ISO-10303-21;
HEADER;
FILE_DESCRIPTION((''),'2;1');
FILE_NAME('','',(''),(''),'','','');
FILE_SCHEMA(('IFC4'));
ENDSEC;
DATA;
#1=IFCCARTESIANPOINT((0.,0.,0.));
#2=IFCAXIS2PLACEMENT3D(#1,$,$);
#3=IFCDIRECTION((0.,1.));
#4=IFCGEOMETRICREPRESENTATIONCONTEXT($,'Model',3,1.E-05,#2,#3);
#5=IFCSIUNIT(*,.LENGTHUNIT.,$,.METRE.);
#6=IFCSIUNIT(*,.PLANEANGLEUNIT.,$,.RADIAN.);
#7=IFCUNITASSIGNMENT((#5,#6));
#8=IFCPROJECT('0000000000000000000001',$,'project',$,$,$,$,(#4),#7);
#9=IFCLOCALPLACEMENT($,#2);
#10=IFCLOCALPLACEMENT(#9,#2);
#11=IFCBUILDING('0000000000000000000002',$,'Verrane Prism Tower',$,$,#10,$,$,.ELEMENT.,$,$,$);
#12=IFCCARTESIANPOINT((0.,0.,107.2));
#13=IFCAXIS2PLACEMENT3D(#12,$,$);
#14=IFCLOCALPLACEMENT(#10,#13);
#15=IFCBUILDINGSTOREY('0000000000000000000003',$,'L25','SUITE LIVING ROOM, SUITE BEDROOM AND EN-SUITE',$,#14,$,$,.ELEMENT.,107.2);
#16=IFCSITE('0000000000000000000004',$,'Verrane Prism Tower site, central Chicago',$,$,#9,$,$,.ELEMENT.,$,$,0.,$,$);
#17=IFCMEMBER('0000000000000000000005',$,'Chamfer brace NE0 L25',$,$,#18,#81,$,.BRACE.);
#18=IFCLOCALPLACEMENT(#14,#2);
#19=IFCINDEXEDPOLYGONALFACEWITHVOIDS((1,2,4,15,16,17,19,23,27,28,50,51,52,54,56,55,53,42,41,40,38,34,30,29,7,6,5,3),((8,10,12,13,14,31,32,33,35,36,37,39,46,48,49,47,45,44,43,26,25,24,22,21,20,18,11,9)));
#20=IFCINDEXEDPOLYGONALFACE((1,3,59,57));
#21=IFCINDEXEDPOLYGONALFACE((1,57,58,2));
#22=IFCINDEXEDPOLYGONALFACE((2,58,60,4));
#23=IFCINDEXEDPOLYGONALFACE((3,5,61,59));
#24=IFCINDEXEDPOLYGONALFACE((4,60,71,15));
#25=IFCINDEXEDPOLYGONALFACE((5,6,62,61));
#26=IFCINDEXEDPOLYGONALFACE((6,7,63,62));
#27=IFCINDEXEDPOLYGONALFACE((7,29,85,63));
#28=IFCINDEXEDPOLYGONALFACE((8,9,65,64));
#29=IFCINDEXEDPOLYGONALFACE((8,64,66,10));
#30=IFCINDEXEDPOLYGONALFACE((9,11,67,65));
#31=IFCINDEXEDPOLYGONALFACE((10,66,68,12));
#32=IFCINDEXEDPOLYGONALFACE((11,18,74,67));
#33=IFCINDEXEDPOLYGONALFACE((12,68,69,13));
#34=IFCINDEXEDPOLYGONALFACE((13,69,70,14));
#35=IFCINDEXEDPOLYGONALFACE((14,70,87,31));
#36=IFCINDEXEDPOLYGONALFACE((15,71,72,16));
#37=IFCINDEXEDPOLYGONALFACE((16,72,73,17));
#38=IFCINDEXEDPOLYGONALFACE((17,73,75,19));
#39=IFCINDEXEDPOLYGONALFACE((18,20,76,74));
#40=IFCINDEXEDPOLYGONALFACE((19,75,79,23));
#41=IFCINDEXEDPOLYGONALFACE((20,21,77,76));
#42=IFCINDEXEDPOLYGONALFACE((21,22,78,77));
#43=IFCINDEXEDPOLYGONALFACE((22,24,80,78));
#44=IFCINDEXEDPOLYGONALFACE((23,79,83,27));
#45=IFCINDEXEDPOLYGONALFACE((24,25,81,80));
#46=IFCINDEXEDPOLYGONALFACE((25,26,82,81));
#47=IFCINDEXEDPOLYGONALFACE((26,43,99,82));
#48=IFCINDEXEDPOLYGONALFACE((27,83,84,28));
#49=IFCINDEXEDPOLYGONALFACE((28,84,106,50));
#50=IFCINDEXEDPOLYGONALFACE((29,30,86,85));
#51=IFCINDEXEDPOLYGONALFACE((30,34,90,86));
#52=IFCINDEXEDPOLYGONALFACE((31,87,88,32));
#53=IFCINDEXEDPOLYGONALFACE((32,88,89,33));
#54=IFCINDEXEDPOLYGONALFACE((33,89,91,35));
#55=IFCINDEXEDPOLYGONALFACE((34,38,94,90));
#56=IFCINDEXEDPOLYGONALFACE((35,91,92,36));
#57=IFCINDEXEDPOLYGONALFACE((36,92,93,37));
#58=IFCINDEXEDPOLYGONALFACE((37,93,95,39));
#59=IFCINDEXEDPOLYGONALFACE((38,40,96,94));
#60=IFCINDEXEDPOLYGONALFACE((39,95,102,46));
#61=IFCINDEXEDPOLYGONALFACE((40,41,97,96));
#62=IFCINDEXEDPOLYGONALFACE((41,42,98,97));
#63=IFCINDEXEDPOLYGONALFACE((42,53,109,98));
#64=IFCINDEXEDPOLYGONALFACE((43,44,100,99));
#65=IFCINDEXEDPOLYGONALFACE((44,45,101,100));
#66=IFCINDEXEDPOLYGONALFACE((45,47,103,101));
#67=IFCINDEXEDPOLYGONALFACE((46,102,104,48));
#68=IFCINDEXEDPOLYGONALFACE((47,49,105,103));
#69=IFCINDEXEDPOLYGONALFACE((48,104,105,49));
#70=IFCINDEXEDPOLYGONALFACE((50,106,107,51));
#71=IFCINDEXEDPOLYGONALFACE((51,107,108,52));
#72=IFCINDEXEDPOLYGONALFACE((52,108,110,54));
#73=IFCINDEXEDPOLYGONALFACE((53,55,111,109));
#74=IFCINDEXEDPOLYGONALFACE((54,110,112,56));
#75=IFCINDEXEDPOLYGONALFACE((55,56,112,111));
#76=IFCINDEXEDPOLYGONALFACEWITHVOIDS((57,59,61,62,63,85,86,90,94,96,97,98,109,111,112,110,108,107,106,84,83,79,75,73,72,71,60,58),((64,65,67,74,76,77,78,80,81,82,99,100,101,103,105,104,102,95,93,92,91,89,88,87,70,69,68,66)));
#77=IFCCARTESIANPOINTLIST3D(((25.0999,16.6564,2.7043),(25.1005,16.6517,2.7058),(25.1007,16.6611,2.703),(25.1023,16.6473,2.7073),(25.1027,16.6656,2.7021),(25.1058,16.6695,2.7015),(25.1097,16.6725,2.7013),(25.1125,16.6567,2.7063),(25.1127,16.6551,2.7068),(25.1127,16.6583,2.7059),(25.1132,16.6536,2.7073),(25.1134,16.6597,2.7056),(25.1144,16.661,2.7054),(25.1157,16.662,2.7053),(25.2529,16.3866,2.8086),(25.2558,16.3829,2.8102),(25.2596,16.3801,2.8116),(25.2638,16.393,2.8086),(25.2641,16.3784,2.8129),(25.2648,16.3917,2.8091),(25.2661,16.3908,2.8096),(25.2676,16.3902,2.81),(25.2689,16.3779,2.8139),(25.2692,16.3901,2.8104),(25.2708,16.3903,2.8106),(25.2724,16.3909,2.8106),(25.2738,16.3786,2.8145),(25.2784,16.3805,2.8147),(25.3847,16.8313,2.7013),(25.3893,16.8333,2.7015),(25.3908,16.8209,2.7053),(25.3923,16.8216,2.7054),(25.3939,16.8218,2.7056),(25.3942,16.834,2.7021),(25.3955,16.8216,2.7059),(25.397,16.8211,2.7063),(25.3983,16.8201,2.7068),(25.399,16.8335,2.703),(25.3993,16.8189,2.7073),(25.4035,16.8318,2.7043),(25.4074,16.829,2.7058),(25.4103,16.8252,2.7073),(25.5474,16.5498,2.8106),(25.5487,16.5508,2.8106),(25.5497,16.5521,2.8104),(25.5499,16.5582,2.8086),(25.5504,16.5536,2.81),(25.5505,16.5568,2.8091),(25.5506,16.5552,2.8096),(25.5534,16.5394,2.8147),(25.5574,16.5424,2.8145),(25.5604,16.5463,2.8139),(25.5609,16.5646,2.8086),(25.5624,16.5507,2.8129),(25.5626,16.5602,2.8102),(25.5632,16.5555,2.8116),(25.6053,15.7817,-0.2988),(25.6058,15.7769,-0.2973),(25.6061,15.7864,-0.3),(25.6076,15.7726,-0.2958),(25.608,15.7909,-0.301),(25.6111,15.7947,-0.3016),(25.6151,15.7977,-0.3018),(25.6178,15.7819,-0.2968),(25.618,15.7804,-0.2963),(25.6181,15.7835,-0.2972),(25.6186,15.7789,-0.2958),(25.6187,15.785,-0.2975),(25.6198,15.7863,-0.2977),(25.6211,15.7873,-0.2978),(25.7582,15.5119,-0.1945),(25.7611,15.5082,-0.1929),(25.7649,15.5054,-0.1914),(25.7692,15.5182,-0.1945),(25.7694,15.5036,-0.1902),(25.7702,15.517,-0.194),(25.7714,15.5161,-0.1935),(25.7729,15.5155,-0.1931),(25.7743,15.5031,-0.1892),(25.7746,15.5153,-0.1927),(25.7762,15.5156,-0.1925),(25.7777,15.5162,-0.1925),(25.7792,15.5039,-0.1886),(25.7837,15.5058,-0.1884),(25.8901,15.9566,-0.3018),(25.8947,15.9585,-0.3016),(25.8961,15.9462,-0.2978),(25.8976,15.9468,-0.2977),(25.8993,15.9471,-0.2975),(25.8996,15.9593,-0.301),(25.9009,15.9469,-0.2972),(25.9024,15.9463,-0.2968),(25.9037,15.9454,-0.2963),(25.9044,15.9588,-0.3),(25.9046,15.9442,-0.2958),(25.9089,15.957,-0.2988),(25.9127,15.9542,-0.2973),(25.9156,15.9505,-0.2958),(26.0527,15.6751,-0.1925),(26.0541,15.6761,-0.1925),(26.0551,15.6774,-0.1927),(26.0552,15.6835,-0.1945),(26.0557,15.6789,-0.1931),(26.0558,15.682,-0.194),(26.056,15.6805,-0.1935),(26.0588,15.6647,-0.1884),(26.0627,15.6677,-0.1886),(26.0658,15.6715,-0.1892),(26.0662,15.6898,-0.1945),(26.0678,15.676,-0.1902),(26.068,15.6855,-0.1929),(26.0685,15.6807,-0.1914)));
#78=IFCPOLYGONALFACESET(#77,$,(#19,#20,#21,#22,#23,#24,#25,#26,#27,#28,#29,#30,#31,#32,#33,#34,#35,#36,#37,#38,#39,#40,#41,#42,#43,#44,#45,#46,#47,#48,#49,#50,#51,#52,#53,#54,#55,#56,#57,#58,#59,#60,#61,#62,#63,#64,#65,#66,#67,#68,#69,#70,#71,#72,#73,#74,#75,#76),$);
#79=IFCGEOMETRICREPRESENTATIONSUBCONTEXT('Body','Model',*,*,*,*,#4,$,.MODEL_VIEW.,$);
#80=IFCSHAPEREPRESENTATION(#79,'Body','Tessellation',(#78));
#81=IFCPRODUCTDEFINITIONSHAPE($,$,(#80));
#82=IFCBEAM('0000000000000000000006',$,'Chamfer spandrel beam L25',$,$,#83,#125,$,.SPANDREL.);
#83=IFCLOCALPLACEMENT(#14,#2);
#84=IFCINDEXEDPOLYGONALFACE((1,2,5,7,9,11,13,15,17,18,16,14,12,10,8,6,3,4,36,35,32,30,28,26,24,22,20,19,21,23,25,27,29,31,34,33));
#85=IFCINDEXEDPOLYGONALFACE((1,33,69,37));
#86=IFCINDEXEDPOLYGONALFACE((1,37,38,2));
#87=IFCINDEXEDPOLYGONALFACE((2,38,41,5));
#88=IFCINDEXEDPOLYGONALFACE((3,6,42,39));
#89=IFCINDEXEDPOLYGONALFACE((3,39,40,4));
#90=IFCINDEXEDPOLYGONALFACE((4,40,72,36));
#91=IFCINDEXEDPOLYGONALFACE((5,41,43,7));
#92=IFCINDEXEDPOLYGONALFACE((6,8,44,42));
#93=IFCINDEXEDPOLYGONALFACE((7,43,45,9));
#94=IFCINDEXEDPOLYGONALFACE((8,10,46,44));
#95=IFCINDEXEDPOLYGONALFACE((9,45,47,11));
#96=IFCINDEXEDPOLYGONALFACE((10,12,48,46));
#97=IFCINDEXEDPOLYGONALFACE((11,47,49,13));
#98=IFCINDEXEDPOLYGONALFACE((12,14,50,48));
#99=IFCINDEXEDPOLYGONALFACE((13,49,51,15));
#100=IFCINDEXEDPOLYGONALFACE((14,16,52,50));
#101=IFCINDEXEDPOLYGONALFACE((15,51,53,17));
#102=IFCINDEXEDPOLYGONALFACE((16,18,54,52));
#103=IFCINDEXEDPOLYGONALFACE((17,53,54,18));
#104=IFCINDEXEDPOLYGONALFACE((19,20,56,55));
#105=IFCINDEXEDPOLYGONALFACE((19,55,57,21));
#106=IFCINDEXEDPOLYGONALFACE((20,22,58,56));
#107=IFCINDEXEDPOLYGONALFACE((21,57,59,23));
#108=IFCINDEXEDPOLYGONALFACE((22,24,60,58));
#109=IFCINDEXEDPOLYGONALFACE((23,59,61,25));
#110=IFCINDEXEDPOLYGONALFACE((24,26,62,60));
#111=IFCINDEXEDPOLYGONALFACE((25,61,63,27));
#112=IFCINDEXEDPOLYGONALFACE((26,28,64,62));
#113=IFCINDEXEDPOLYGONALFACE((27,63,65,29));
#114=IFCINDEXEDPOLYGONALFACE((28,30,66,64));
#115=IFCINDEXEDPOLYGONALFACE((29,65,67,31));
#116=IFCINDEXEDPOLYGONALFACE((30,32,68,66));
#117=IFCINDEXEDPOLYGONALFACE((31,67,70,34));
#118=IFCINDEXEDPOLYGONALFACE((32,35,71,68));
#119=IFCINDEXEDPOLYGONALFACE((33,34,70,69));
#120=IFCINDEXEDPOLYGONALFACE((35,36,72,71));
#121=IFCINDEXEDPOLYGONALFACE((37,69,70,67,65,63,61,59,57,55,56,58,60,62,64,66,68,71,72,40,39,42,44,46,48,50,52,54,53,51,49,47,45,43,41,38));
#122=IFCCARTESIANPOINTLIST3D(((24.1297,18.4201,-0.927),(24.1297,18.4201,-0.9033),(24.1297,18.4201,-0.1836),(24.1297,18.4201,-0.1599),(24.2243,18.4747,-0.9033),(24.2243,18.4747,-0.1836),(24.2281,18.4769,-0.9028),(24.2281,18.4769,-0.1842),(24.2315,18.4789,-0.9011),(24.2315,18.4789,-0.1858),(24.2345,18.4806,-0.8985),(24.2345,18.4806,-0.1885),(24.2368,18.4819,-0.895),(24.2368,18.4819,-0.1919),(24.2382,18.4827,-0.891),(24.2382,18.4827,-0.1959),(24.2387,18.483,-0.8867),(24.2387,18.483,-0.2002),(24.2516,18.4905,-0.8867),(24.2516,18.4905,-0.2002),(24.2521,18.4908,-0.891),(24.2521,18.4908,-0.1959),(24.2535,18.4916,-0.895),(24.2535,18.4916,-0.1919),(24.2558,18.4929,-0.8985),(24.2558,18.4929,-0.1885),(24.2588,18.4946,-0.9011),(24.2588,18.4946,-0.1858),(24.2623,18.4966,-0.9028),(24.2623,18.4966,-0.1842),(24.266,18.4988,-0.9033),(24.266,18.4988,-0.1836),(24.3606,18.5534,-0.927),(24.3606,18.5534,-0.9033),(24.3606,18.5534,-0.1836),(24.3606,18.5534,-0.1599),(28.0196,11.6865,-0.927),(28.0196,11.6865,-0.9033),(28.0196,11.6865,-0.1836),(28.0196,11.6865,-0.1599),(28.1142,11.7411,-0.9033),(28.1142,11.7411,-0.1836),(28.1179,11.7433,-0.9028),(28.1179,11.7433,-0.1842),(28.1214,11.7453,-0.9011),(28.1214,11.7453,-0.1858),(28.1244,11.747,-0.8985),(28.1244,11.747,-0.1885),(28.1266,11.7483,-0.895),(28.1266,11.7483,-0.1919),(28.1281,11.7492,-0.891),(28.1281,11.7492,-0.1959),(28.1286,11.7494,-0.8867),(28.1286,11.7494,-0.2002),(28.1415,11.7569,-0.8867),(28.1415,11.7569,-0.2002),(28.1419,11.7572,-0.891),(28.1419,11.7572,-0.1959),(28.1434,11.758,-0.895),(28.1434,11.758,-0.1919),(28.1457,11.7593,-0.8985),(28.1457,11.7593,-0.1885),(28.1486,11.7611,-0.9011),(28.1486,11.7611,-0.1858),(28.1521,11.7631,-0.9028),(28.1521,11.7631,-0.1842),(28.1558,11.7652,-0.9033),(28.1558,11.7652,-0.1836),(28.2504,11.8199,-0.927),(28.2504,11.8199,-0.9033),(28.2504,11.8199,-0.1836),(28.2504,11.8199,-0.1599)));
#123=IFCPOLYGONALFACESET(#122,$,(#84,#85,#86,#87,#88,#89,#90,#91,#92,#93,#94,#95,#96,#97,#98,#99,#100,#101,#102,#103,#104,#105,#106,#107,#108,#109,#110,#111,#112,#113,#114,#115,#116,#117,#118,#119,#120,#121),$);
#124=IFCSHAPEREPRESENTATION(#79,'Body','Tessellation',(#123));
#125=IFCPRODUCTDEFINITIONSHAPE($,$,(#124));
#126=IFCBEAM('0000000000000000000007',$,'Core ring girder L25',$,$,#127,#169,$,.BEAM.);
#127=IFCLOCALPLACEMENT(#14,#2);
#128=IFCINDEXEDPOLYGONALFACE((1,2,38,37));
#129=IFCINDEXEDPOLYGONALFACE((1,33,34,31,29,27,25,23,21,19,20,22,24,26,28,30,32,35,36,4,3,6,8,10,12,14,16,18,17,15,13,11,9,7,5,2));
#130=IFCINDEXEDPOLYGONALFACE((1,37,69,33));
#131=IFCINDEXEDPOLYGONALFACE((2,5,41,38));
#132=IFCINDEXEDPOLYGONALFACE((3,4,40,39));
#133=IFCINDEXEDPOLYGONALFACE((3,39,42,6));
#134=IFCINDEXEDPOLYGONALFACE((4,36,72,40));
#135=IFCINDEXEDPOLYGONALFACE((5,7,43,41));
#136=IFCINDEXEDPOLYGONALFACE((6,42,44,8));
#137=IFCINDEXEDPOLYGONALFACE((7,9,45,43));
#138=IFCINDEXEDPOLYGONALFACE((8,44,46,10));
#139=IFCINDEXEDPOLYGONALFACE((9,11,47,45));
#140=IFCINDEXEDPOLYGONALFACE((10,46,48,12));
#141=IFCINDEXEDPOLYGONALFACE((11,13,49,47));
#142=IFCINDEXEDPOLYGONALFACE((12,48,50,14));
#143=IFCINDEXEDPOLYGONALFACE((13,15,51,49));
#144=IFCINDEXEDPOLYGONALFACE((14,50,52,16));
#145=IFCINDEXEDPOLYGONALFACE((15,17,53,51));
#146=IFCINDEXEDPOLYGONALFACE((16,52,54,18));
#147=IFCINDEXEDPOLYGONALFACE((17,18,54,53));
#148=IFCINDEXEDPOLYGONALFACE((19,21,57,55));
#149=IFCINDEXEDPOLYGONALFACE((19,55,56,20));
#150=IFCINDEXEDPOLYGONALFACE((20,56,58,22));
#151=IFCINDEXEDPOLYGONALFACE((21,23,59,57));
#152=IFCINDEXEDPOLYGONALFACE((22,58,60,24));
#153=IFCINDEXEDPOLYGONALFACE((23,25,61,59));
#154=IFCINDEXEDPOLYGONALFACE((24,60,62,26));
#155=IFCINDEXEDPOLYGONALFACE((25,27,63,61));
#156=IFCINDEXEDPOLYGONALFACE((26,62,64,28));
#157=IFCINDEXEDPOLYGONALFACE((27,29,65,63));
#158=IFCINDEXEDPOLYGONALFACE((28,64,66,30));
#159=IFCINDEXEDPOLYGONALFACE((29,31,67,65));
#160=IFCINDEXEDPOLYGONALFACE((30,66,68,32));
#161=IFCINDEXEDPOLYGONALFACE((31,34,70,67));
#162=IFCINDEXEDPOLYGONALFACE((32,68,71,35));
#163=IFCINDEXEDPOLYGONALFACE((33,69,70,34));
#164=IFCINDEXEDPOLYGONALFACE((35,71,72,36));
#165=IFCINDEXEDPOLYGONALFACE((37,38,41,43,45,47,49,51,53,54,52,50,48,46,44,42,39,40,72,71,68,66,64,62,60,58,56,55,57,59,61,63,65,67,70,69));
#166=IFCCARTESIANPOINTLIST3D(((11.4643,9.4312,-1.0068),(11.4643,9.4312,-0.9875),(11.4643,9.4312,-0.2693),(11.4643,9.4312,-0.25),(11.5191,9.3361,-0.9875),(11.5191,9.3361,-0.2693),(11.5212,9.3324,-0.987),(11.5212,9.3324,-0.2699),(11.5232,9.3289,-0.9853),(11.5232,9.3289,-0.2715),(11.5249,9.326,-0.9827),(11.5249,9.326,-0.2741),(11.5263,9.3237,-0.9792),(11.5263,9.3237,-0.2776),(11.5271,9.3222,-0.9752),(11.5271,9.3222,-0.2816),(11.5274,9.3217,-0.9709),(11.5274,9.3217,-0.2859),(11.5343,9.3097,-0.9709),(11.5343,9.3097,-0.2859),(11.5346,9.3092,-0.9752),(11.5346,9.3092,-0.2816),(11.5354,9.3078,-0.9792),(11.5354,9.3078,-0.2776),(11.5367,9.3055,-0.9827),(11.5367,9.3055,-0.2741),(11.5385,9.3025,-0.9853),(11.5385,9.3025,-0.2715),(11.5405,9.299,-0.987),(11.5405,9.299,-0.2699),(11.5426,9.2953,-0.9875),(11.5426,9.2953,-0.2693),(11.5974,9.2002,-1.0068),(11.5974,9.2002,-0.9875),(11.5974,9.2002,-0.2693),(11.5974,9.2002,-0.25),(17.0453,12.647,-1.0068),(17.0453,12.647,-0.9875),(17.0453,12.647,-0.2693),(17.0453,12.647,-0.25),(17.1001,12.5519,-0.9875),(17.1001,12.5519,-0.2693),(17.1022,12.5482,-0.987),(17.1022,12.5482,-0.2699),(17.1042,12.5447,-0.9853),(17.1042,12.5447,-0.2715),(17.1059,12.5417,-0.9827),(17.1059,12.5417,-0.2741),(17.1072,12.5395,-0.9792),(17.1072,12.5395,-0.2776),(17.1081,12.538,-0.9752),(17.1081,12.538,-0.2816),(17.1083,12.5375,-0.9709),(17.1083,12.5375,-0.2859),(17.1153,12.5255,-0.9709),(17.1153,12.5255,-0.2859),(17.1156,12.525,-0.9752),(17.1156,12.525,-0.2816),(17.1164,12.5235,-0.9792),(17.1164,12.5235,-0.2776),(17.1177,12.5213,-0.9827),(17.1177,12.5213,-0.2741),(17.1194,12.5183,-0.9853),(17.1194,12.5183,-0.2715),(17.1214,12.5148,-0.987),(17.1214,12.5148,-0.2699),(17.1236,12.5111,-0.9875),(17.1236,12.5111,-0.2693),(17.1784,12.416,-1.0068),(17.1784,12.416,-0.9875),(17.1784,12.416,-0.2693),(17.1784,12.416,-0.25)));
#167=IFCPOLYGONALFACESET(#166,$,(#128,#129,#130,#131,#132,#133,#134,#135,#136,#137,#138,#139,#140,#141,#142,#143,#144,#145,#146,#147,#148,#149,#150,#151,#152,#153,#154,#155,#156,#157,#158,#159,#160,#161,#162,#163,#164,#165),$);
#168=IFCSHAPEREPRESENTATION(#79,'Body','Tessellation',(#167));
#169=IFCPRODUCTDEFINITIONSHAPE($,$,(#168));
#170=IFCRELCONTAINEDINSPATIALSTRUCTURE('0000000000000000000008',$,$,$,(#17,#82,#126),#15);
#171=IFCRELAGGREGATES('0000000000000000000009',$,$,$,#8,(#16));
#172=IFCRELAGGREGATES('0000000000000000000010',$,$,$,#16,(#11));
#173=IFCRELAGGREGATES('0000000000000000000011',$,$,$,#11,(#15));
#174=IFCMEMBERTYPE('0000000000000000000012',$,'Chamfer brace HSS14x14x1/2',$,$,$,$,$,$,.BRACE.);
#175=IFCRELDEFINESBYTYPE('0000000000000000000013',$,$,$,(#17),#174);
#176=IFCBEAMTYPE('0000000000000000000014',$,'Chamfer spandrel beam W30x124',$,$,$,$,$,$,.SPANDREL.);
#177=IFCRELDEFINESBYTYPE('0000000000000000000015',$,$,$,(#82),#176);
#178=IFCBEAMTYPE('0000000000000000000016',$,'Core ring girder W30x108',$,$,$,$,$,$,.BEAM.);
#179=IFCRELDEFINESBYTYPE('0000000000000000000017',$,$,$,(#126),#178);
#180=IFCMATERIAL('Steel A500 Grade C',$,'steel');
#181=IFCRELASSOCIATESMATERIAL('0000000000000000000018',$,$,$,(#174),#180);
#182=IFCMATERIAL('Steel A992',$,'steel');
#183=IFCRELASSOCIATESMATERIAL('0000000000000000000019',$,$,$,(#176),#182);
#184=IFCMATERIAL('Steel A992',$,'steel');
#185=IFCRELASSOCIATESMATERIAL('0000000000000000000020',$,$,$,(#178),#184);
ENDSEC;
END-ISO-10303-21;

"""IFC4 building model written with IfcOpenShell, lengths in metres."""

from ifc_helpers import new_model, si_unit, direction, frame, origin, origin_2d, place, context, subcontext, project, spatial, hollow_rectangle, i_section, extrude, material, material_profile, profile_set, type_object, element, save


model = new_model("IFC4")

# Units and contexts
model_context = context("Model", 3, precision=1e-05, world=origin(), true_north=direction((0.0, 1.0)))
body_context = subcontext(model_context, "Body", "Model", "MODEL_VIEW")
ifc_project = project(units=[si_unit("LENGTHUNIT", "METRE"), si_unit("PLANEANGLEUNIT", "RADIAN")], contexts=[model_context])

# Site, building, storey
site_placement = place(None, origin())
site = spatial("IfcSite", under=ifc_project, at=site_placement, Name="Verrane Prism Tower site, central Chicago", CompositionType="ELEMENT", RefElevation=0.0)
building_placement = place(site_placement, origin())
building = spatial("IfcBuilding", under=site, at=building_placement, Name="Verrane Prism Tower", CompositionType="ELEMENT")
storey_placement = place(building_placement, frame((0.0, 0.0, 107.2)))
storey = spatial("IfcBuildingStorey", under=building, at=storey_placement, Name="L25", Description="SUITE LIVING ROOM, SUITE BEDROOM AND EN-SUITE", CompositionType="ELEMENT", Elevation=107.2)

# Member
ifc_material_1 = material(Name="Steel A500 Grade C", Category="steel")
ifc_material_profile_1 = material_profile(ifc_material_1, hollow_rectangle(XDim=0.3557, YDim=0.3557, WallThickness=0.0127, InnerFilletRadius=0.0063, OuterFilletRadius=0.019, at=origin_2d()), Name="HSS14x14x1/2")
ifc_profile_set_1 = profile_set([ifc_material_profile_1], Name="Steel A500 Grade C")
member_type_1 = type_object("IfcMemberType", Name="Chamfer brace HSS14x14x1/2", PredefinedType="BRACE", material=ifc_profile_set_1)
member_1_placement = place(storey_placement, frame((25.8369, 15.7312, -0.2451), z_axis=(-0.159496, 0.276075, 0.94781), x_axis=(-0.865884, -0.500245, 0.0)))
element("IfcMember", 1, at=member_1_placement, inside=storey, type_object=member_type_1, Name="Chamfer brace NE0 L25", PredefinedType="BRACE", context=body_context, shape_type="SweptSolid", body=[
    extrude(hollow_rectangle(XDim=0.3557, YDim=0.3557, WallThickness=0.0127, InnerFilletRadius=0.0063, OuterFilletRadius=0.019, at=origin_2d()), origin(), (0.0, 0.0, 1.0), 3.1685),
])

# Beams
ifc_material_2 = material(Name="Steel A992", Category="steel")
ifc_material_profile_2 = material_profile(ifc_material_2, i_section(OverallWidth=0.2666, OverallDepth=0.7671, WebThickness=0.0149, FlangeThickness=0.0237, FilletRadius=0.0166, at=origin_2d()), Name="W30x124")
ifc_profile_set_2 = profile_set([ifc_material_profile_2], Name="Steel A992")
beam_type_1 = type_object("IfcBeamType", Name="Chamfer spandrel beam W30x124", PredefinedType="SPANDREL", material=ifc_profile_set_2)
beam_1_placement = place(storey_placement, frame((28.135, 11.7532, -0.5435), z_axis=(-0.500214, 0.865902, 0.0), x_axis=(-0.865902, -0.500214, 0.0)))
element("IfcBeam", 2, at=beam_1_placement, inside=storey, type_object=beam_type_1, Name="Chamfer spandrel beam L25", PredefinedType="SPANDREL", context=body_context, shape_type="SweptSolid", body=[
    extrude(i_section(OverallWidth=0.2666, OverallDepth=0.7671, WebThickness=0.0149, FlangeThickness=0.0237, FilletRadius=0.0166, at=origin_2d()), origin(), (0.0, 0.0, 1.0), 7.7764),
])
ifc_material_3 = material(Name="Steel A992", Category="steel")
ifc_material_profile_3 = material_profile(ifc_material_3, i_section(OverallWidth=0.2666, OverallDepth=0.7568, WebThickness=0.0139, FlangeThickness=0.0193, FilletRadius=0.0166, at=origin_2d()), Name="W30x108")
ifc_profile_set_3 = profile_set([ifc_material_profile_3], Name="Steel A992")
beam_type_2 = type_object("IfcBeamType", Name="Core ring girder W30x108", PredefinedType="BEAM", material=ifc_profile_set_3)
beam_2_placement = place(storey_placement, frame((17.1118, 12.5315, -0.6284), z_axis=(-0.866456, -0.499254, 0.0), x_axis=(0.499254, -0.866456, 0.0)))
element("IfcBeam", 3, at=beam_2_placement, inside=storey, type_object=beam_type_2, Name="Core ring girder L25", PredefinedType="BEAM", context=body_context, shape_type="SweptSolid", body=[
    extrude(i_section(OverallWidth=0.2666, OverallDepth=0.7568, WebThickness=0.0139, FlangeThickness=0.0193, FilletRadius=0.0166, at=origin_2d()), origin(), (0.0, 0.0, 1.0), 6.4412),
])

save(model, "model.ifc")
